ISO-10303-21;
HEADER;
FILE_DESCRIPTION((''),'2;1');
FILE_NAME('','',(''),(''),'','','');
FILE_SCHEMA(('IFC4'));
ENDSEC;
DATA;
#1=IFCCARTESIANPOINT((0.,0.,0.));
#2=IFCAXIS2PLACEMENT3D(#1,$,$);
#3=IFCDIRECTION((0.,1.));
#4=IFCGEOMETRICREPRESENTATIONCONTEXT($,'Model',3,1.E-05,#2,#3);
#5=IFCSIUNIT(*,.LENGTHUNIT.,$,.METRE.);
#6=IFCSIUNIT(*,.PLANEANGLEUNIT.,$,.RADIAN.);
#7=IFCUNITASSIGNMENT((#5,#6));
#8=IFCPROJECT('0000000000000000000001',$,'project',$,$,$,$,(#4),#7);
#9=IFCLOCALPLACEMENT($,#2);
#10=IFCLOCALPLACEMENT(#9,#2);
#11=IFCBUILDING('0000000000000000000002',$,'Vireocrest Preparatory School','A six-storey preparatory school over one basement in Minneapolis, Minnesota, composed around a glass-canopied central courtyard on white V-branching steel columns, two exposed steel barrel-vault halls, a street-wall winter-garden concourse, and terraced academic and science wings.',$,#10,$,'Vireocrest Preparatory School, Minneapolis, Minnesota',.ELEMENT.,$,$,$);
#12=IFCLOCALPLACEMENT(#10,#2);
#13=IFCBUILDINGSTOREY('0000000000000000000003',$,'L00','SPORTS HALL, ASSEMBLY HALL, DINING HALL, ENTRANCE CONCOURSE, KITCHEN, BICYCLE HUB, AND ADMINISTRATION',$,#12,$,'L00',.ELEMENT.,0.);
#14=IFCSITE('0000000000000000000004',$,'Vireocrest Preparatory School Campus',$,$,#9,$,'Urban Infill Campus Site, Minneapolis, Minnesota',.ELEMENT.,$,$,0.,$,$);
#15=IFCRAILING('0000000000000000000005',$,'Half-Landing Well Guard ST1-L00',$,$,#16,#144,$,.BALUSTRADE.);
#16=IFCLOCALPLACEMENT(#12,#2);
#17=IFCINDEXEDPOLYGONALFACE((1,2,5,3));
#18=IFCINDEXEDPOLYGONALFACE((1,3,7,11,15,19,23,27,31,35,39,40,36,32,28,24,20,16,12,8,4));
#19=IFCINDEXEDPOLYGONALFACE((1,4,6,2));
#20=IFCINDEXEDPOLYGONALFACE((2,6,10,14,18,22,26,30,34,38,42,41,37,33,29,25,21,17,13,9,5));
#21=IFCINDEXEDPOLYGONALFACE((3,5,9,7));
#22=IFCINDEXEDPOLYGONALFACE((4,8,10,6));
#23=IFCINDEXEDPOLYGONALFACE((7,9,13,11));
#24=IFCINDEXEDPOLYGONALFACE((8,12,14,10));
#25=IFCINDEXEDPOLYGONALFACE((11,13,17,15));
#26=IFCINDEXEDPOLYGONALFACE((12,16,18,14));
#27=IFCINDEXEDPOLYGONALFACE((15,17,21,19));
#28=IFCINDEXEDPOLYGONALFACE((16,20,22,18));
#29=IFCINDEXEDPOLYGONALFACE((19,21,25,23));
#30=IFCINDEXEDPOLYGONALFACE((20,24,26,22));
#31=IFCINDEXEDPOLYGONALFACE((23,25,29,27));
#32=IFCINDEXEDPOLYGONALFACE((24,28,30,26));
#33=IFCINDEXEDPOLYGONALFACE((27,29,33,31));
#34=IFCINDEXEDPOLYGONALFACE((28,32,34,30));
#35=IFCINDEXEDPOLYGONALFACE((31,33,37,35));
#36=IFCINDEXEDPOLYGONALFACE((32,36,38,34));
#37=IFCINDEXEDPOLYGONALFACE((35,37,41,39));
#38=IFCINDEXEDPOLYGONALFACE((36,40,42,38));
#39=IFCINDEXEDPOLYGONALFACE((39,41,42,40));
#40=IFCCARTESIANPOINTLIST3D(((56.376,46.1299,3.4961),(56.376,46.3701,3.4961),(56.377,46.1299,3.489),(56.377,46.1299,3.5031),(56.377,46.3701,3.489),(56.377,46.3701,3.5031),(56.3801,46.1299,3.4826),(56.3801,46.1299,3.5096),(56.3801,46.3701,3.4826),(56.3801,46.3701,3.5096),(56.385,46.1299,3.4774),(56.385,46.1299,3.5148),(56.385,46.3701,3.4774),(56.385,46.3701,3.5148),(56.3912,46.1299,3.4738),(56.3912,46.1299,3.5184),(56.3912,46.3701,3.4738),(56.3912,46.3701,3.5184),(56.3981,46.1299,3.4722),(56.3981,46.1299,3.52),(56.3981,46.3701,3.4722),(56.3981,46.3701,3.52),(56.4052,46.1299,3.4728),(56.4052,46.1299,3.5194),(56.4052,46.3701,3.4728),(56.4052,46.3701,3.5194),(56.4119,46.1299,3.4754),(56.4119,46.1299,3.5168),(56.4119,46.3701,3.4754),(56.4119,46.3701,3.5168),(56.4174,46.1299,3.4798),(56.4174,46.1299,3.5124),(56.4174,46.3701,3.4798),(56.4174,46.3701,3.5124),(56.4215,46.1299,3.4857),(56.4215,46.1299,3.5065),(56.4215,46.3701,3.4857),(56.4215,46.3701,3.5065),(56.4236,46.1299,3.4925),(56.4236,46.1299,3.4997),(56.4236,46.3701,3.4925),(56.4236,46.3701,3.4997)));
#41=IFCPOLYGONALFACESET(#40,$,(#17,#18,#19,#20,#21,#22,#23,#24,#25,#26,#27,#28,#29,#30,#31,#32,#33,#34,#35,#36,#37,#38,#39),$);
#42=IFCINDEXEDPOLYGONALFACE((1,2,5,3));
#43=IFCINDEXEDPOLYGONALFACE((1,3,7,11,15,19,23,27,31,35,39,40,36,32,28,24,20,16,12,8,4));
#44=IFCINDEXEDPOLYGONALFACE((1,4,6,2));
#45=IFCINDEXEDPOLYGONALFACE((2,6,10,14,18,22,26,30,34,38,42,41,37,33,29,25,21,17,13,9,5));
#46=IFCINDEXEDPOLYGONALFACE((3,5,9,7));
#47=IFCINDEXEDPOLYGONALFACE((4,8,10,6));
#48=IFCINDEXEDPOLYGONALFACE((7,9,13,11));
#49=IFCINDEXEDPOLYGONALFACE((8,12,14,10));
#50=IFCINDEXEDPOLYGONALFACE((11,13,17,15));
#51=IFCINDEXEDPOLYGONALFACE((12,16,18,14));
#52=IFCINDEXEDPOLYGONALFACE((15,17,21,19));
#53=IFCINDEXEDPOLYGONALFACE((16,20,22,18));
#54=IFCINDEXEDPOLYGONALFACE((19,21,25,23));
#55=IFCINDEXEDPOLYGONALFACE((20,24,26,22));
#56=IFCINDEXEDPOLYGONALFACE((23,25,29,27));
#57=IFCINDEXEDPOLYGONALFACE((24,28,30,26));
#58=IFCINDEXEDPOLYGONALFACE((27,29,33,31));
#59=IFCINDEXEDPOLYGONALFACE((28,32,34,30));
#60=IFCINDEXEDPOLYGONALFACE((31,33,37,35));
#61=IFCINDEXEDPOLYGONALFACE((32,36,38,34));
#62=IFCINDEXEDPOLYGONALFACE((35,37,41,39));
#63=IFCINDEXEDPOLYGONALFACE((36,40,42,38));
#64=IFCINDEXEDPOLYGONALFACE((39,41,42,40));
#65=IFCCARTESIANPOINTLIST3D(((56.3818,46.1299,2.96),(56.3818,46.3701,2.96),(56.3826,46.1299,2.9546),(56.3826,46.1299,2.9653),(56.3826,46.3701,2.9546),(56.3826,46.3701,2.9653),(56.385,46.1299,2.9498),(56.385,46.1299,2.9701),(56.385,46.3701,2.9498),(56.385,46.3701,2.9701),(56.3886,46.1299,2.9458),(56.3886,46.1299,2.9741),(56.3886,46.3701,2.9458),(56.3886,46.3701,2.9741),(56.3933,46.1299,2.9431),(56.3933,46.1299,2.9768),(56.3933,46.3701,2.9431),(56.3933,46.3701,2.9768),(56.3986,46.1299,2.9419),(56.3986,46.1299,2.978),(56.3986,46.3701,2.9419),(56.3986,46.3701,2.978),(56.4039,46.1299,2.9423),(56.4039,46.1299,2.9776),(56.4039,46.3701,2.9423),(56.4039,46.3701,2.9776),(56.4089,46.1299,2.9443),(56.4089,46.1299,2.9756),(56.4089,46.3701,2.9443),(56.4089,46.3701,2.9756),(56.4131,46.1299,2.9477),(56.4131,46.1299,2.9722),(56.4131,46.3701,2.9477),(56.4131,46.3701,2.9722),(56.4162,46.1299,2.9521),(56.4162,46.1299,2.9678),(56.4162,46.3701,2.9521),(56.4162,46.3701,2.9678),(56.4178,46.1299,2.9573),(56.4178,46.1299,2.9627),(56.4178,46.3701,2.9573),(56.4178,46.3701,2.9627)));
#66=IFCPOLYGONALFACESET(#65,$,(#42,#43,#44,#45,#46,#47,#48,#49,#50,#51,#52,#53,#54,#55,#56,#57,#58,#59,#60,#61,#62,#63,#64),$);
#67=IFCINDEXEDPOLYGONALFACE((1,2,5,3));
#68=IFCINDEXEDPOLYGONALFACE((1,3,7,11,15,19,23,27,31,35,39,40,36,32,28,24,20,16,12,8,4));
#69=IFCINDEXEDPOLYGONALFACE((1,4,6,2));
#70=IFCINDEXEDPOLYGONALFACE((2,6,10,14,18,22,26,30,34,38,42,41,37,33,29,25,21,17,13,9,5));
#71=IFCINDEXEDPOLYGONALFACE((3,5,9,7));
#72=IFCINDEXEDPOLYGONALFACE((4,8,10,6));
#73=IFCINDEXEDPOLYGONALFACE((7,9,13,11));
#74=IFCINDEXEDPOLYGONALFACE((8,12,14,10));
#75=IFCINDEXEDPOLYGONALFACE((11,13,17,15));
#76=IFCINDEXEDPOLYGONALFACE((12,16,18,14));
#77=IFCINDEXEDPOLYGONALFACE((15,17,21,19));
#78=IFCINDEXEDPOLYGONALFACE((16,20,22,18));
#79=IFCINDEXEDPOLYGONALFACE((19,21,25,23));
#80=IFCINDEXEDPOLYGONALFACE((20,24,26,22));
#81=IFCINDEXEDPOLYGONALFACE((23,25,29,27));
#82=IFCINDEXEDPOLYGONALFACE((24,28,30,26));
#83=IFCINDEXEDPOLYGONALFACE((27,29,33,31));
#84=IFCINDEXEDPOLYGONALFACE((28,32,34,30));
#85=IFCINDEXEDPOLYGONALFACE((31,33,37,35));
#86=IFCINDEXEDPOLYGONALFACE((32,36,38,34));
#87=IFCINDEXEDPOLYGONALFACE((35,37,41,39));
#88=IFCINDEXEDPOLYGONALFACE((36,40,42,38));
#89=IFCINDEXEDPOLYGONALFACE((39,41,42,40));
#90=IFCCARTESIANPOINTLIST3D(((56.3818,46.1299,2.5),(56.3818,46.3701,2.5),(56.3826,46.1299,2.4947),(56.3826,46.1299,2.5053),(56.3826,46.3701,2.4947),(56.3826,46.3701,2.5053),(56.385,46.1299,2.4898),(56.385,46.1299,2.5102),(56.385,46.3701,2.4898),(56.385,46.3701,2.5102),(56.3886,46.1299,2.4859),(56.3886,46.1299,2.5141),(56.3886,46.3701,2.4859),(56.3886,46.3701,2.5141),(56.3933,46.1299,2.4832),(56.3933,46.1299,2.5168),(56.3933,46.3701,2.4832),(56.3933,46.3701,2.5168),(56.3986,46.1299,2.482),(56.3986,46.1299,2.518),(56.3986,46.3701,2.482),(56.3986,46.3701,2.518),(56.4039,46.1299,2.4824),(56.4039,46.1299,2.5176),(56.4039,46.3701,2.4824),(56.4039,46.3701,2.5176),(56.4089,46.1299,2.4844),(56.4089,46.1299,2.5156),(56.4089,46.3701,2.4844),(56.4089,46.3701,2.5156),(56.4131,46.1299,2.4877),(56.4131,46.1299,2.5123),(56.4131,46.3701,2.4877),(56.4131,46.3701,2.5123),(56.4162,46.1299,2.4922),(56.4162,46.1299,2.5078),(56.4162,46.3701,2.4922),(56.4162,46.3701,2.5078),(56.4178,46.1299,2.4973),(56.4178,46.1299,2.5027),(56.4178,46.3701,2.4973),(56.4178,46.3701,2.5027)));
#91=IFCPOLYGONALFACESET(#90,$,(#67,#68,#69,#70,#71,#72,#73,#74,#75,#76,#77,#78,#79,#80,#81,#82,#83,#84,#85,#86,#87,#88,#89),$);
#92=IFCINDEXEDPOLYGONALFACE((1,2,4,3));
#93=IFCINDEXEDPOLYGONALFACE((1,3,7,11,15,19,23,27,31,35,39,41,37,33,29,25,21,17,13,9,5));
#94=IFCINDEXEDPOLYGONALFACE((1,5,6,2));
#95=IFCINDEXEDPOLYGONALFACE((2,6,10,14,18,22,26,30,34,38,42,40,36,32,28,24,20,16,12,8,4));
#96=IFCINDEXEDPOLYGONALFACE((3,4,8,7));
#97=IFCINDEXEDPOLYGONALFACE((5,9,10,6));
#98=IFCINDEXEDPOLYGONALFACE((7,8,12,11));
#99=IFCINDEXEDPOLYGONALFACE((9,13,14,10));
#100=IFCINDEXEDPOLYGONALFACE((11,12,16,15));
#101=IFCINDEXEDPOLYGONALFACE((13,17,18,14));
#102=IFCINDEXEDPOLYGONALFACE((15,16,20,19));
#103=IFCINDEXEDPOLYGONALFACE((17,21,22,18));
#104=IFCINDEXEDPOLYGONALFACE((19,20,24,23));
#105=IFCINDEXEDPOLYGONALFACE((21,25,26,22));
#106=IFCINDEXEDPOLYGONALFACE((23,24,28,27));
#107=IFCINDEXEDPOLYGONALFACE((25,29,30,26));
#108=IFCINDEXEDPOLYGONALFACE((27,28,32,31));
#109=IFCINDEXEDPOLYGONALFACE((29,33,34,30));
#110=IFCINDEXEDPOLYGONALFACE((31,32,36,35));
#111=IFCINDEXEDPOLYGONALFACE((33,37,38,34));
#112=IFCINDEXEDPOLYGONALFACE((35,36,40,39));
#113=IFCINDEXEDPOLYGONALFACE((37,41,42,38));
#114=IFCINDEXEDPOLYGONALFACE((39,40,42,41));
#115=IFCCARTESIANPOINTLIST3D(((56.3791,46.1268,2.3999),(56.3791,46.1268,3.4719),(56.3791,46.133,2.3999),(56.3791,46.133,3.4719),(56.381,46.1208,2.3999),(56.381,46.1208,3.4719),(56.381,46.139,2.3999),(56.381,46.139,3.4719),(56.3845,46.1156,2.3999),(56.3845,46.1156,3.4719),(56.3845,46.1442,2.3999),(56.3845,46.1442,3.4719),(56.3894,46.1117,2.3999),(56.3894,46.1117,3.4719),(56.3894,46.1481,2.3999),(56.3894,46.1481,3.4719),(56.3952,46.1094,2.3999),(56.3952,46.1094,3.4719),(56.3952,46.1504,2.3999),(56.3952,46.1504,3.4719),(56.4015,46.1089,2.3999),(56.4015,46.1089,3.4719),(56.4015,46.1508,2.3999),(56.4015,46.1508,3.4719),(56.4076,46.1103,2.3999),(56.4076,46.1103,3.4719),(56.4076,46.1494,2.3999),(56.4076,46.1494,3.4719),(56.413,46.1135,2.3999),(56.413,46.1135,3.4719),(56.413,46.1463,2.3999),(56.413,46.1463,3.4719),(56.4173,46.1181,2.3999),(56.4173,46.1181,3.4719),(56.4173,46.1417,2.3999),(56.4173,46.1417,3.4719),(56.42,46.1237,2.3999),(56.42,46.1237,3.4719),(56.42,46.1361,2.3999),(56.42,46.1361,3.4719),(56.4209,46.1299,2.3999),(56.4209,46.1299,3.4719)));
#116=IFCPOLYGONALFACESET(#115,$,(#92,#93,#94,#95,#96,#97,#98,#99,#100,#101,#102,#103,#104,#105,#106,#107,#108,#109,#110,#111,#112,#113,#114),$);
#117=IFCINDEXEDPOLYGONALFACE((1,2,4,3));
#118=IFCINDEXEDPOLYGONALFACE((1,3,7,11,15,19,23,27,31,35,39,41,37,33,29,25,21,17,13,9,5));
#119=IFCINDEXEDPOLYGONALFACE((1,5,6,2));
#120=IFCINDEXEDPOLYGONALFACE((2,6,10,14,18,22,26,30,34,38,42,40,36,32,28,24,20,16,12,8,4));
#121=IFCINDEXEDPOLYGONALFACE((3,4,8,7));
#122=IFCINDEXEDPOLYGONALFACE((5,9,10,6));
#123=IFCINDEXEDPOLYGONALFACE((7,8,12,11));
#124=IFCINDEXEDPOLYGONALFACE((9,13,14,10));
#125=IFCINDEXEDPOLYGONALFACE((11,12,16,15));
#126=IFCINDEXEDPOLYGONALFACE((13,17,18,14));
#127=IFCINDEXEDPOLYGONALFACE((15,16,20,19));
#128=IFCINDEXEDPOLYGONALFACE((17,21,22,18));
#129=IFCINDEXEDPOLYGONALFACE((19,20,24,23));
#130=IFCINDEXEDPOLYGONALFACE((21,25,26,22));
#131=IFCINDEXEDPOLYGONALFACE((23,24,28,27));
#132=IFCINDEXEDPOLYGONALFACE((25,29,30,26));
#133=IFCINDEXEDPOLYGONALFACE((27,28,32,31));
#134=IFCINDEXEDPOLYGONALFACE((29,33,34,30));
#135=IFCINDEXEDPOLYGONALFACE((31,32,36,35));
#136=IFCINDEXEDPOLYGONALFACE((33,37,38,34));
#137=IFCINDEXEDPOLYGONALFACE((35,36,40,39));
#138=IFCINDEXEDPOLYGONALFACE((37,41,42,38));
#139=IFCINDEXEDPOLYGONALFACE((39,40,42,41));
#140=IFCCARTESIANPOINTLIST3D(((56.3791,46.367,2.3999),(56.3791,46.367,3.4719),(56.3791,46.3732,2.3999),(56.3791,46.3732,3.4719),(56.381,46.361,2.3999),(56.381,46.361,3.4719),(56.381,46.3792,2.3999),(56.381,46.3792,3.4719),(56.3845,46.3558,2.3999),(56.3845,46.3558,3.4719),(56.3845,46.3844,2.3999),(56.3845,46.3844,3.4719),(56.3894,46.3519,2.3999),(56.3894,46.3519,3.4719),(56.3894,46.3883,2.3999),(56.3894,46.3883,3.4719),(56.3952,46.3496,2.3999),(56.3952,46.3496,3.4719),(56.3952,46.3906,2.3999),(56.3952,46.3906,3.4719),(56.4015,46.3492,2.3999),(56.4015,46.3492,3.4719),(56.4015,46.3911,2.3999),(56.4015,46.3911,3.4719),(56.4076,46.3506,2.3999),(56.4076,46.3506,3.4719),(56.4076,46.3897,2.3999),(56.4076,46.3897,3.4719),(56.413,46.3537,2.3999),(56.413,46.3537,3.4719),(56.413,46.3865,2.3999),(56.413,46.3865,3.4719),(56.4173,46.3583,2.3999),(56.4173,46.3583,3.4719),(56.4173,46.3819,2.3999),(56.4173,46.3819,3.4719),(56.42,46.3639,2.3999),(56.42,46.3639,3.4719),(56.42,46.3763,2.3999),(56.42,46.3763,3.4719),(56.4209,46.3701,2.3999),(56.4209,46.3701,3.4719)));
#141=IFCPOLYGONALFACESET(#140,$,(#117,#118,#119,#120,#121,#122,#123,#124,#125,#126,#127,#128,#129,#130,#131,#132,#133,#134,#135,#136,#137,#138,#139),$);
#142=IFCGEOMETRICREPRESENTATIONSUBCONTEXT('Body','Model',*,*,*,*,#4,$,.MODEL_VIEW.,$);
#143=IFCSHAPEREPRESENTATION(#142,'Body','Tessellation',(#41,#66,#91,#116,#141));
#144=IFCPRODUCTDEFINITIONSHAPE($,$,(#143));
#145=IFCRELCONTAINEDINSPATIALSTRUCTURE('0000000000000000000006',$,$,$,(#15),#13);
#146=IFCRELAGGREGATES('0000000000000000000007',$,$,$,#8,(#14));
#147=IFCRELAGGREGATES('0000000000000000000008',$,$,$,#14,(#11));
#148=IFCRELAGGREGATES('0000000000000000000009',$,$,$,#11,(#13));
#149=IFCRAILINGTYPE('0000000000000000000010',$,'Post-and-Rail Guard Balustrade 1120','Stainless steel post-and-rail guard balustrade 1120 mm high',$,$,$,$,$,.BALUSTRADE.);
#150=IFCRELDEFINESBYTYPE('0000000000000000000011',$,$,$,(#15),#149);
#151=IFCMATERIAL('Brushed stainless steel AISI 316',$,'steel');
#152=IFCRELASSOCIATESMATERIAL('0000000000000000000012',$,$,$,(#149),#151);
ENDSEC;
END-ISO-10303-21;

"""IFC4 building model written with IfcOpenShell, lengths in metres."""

from ifc_helpers import new_model, si_unit, direction, frame, origin, origin_2d, place, context, subcontext, project, spatial, circle, extrude, material, type_object, element, save


model = new_model("IFC4")

# Units and contexts
model_context = context("Model", 3, precision=1e-05, world=origin(), true_north=direction((0.0, 1.0)))
body_context = subcontext(model_context, "Body", "Model", "MODEL_VIEW")
ifc_project = project(units=[si_unit("LENGTHUNIT", "METRE"), si_unit("PLANEANGLEUNIT", "RADIAN")], contexts=[model_context])

# Site, building, storey
site_placement = place(None, origin())
site = spatial("IfcSite", under=ifc_project, at=site_placement, Name="Vireocrest Preparatory School Campus", LongName="Urban Infill Campus Site, Minneapolis, Minnesota", CompositionType="ELEMENT", RefElevation=0.0)
building_placement = place(site_placement, origin())
building = spatial("IfcBuilding", under=site, at=building_placement, Name="Vireocrest Preparatory School", Description="A six-storey preparatory school over one basement in Minneapolis, Minnesota, composed around a glass-canopied central courtyard on white V-branching steel columns, two exposed steel barrel-vault halls, a street-wall winter-garden concourse, and terraced academic and science wings.", LongName="Vireocrest Preparatory School, Minneapolis, Minnesota", CompositionType="ELEMENT")
storey_placement = place(building_placement, origin())
storey = spatial("IfcBuildingStorey", under=building, at=storey_placement, Name="L00", Description="SPORTS HALL, ASSEMBLY HALL, DINING HALL, ENTRANCE CONCOURSE, KITCHEN, BICYCLE HUB, AND ADMINISTRATION", LongName="L00", CompositionType="ELEMENT", Elevation=0.0)

# Railing
ifc_material_1 = material(Name="Brushed stainless steel AISI 316", Category="steel")
railing_type_1 = type_object("IfcRailingType", Name="Post-and-Rail Guard Balustrade 1120", Description="Stainless steel post-and-rail guard balustrade 1120 mm high", PredefinedType="BALUSTRADE", material=ifc_material_1)
railing_1_placement = place(storey_placement, frame((56.3999, 46.1299, 2.3999)))
element("IfcRailing", 1, at=railing_1_placement, inside=storey, type_object=railing_type_1, Name="Half-Landing Well Guard ST1-L00", PredefinedType="BALUSTRADE", context=body_context, shape_type="SweptSolid", body=[
    extrude(circle(Radius=0.0239, at=origin_2d()), frame((0.0, 0.0, 1.0962), z_axis=(0.0, 1.0, 0.0), x_axis=(-1.0, 0.0, 0.0)), (0.0, 0.0, 1.0), 0.2402),
    extrude(circle(Radius=0.0181, at=origin_2d()), frame((0.0, 0.0, 0.5601), z_axis=(0.0, 1.0, 0.0), x_axis=(-1.0, 0.0, 0.0)), (0.0, 0.0, 1.0), 0.2402),
    extrude(circle(Radius=0.0181, at=origin_2d()), frame((0.0, 0.0, 0.1001), z_axis=(0.0, 1.0, 0.0), x_axis=(-1.0, 0.0, 0.0)), (0.0, 0.0, 1.0), 0.2402),
    extrude(circle(Radius=0.021, at=origin_2d()), origin(), (0.0, 0.0, 1.0), 1.072),
    extrude(circle(Radius=0.021, at=origin_2d()), frame((0.0, 0.2402, 0.0)), (0.0, 0.0, 1.0), 1.072),
])

save(model, "model.ifc")
